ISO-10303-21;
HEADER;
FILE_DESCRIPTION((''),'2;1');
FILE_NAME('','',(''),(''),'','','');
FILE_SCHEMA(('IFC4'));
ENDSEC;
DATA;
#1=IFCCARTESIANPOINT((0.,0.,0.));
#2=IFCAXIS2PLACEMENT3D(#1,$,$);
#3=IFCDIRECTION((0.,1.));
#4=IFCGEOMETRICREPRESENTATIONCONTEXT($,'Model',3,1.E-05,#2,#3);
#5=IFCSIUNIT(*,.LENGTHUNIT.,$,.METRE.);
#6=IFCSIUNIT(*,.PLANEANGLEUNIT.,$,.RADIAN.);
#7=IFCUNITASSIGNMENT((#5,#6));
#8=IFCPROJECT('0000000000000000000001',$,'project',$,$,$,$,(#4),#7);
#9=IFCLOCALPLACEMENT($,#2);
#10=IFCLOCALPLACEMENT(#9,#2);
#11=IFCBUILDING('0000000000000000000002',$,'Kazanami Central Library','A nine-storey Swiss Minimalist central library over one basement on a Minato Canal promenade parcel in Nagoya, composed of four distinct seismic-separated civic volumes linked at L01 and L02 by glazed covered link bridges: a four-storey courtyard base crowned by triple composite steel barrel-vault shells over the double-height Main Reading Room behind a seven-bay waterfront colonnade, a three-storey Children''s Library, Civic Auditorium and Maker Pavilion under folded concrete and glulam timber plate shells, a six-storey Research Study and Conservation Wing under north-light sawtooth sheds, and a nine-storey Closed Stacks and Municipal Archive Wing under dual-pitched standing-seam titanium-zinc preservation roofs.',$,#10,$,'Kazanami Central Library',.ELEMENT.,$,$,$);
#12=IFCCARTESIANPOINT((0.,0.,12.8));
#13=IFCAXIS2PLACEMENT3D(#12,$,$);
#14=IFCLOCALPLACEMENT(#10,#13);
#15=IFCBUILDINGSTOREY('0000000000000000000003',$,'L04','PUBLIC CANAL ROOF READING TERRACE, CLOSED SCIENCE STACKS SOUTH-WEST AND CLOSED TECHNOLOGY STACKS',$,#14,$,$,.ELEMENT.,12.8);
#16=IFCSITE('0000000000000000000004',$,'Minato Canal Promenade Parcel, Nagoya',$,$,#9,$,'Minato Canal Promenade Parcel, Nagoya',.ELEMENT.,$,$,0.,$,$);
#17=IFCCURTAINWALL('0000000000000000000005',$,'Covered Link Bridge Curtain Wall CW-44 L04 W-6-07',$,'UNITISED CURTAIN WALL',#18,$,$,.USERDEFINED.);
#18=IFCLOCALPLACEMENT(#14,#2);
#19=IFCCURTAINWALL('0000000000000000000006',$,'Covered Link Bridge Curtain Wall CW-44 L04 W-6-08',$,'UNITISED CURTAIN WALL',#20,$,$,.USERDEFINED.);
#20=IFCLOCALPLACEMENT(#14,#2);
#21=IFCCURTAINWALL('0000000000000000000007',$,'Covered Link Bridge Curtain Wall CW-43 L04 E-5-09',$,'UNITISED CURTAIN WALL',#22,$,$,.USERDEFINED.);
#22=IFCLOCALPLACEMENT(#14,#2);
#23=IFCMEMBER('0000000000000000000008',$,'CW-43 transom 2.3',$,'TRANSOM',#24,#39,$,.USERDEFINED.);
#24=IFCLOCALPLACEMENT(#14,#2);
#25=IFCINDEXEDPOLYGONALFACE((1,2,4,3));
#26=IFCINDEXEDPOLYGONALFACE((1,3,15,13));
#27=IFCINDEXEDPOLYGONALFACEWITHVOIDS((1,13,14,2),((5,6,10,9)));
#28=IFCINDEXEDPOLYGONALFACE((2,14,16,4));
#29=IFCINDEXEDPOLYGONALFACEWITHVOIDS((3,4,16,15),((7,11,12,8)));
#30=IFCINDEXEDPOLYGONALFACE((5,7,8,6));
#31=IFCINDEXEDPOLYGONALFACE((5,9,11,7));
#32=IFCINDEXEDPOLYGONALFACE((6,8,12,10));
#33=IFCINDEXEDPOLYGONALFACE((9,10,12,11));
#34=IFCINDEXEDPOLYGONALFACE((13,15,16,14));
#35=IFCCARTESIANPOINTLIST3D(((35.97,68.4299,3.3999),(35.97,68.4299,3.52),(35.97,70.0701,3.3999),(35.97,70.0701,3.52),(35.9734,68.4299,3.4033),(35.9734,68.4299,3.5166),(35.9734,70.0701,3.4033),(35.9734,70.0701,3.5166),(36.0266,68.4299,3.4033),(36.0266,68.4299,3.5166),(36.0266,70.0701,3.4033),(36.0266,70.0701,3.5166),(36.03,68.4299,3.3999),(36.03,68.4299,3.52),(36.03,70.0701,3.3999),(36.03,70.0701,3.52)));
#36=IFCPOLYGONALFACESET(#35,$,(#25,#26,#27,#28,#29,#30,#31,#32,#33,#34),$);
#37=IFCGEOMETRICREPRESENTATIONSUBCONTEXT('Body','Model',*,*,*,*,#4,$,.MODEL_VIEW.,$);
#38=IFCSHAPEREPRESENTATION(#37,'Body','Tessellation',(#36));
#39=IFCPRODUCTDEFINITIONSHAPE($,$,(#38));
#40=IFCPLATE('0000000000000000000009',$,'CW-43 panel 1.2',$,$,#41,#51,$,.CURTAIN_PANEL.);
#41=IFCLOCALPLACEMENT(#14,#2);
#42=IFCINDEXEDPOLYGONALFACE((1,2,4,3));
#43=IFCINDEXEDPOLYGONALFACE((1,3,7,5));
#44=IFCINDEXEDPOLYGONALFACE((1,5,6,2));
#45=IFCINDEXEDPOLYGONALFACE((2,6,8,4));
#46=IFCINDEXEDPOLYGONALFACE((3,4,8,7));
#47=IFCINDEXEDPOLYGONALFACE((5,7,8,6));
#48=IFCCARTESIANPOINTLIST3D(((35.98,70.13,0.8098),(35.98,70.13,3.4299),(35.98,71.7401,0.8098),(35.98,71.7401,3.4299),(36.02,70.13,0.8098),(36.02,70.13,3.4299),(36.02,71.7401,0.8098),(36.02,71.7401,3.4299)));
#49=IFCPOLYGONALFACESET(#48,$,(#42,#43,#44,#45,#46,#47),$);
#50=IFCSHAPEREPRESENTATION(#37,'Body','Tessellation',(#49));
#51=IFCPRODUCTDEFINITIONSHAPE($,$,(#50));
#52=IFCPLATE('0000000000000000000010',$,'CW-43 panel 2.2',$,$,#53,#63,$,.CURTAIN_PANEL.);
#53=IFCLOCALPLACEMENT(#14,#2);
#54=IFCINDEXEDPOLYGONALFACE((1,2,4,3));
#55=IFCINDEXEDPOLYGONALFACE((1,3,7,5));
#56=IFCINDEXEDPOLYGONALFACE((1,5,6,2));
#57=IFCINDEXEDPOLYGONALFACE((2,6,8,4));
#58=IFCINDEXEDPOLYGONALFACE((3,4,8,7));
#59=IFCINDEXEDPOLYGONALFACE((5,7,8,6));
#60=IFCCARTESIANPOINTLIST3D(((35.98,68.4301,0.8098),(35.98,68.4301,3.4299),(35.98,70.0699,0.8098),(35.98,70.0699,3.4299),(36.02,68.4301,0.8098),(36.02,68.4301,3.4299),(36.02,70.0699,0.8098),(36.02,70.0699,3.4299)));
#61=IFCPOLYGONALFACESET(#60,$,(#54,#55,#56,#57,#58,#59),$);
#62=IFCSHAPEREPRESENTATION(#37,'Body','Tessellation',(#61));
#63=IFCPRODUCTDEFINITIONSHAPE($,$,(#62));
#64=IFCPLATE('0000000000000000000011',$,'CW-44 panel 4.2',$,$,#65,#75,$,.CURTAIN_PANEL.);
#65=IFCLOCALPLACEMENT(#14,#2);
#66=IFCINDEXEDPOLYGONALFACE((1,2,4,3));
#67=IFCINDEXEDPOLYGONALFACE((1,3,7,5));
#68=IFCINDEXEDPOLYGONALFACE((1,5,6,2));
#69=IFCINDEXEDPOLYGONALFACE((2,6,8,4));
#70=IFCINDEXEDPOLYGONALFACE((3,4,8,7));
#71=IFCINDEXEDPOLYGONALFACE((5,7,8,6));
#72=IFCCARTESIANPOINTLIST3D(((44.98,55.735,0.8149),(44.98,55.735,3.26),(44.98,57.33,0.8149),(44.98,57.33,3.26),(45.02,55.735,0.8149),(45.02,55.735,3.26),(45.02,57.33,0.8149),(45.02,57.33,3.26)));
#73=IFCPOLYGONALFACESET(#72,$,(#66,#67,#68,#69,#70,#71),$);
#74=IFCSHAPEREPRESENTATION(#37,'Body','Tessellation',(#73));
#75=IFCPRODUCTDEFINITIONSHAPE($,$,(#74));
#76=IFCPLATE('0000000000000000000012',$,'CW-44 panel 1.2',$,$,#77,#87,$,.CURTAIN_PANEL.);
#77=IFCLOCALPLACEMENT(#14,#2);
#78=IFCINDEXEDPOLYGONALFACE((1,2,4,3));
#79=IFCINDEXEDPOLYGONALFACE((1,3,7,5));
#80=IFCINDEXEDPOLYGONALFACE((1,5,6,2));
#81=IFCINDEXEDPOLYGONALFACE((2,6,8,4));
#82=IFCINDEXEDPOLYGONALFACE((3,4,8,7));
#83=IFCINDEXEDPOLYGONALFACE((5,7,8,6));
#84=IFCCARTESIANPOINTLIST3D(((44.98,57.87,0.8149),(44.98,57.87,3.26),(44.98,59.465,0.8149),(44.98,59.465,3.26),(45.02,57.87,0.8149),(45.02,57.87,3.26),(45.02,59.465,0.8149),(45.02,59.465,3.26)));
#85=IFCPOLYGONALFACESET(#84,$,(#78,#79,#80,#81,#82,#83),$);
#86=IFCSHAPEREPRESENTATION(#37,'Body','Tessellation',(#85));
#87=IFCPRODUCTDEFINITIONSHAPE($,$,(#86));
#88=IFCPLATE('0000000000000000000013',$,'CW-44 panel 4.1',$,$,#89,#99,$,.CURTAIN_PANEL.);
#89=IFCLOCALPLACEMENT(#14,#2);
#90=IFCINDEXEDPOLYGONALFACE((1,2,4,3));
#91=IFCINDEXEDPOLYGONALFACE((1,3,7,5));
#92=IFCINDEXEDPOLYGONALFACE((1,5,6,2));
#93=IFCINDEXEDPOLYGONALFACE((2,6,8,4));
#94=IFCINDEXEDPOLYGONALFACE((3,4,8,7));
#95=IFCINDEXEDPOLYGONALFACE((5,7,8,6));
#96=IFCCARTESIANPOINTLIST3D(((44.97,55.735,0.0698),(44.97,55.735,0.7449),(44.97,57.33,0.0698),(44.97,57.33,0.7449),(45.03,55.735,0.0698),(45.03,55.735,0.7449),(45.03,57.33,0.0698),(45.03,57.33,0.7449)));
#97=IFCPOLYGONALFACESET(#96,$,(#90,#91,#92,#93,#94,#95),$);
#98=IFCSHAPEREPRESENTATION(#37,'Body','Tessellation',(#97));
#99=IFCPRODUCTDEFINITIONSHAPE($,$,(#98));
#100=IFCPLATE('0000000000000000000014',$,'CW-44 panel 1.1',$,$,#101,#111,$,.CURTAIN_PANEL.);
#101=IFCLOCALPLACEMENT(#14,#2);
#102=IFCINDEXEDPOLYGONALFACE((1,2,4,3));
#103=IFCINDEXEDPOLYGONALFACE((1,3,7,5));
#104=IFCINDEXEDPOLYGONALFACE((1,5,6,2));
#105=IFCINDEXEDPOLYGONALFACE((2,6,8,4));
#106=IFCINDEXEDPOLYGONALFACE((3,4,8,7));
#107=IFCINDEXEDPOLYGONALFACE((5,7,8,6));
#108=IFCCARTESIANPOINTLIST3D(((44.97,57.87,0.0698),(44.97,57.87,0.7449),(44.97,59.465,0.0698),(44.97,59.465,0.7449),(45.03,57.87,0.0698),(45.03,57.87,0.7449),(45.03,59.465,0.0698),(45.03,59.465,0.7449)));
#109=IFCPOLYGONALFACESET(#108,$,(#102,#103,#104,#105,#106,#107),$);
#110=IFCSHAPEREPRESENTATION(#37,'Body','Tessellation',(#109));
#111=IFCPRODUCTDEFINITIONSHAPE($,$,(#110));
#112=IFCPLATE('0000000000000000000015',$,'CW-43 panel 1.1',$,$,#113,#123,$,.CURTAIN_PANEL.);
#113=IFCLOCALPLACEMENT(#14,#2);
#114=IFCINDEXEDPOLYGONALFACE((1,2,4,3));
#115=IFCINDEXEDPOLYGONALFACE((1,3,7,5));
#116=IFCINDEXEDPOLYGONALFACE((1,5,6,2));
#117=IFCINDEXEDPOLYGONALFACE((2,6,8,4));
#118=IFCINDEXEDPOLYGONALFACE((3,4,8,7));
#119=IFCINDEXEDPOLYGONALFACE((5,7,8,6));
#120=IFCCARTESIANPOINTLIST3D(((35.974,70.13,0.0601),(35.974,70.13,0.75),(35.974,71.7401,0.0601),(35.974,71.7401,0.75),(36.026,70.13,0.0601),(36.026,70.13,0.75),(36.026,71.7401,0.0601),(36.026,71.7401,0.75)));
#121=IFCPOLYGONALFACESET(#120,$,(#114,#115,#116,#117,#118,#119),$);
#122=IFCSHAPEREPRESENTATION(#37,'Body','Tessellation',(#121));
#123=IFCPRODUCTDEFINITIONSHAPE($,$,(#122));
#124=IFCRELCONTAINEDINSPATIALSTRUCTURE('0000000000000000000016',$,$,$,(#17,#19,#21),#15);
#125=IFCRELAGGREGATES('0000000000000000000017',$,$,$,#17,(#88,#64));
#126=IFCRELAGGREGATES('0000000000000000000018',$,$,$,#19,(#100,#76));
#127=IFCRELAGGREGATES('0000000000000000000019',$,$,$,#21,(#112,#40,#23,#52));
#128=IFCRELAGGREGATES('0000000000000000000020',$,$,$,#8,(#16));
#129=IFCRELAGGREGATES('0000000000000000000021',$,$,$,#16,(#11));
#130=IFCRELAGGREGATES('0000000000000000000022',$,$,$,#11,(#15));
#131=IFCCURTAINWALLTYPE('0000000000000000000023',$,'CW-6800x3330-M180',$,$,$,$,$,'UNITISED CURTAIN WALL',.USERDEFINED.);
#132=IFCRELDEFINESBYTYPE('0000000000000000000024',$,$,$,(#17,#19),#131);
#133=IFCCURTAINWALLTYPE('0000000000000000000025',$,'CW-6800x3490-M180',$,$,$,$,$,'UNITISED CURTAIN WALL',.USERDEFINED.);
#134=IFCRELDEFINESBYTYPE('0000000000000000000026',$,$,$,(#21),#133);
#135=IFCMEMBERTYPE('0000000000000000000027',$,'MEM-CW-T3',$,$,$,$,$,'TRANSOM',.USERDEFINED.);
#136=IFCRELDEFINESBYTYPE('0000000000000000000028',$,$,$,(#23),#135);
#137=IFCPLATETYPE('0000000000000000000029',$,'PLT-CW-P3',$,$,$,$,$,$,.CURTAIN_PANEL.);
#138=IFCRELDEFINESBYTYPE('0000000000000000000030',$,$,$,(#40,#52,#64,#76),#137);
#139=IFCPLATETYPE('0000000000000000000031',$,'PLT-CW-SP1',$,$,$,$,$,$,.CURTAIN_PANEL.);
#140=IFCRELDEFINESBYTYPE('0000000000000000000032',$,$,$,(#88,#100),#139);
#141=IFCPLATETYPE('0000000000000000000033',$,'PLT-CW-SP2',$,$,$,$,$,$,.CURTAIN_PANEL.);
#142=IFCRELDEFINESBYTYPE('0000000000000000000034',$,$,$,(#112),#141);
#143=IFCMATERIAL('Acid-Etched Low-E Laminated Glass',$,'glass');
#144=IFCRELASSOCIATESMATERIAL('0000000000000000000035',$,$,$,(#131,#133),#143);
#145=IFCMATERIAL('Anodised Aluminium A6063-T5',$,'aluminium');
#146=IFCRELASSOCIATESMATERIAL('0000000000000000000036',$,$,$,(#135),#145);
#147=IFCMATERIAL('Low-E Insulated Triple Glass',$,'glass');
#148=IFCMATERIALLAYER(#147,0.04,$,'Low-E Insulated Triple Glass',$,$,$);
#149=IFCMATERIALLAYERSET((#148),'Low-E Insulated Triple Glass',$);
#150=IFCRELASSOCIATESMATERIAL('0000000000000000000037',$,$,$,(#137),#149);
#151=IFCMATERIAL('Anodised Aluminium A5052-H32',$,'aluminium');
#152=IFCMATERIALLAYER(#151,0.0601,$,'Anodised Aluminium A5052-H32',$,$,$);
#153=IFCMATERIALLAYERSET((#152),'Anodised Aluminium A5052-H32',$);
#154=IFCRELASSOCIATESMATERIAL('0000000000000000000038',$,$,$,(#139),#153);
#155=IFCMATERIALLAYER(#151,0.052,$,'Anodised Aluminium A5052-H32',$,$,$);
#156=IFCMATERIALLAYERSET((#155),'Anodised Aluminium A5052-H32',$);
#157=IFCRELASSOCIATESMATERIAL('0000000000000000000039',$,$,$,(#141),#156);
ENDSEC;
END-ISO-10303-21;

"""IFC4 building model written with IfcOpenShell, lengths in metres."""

from ifc_helpers import new_model, si_unit, direction, frame, origin, origin_2d, place, context, subcontext, project, spatial, rectangle, hollow_rectangle, extrude, material, layer, layer_set, material_profile, profile_set, type_object, element, aggregate, save


model = new_model("IFC4")

# Units and contexts
model_context = context("Model", 3, precision=1e-05, world=origin(), true_north=direction((0.0, 1.0)))
body_context = subcontext(model_context, "Body", "Model", "MODEL_VIEW")
ifc_project = project(units=[si_unit("LENGTHUNIT", "METRE"), si_unit("PLANEANGLEUNIT", "RADIAN")], contexts=[model_context])

# Site, building, storey
site_placement = place(None, origin())
site = spatial("IfcSite", under=ifc_project, at=site_placement, Name="Minato Canal Promenade Parcel, Nagoya", LongName="Minato Canal Promenade Parcel, Nagoya", CompositionType="ELEMENT", RefElevation=0.0)
building_placement = place(site_placement, origin())
building = spatial("IfcBuilding", under=site, at=building_placement, Name="Kazanami Central Library", Description="A nine-storey Swiss Minimalist central library over one basement on a Minato Canal promenade parcel in Nagoya, composed of four distinct seismic-separated civic volumes linked at L01 and L02 by glazed covered link bridges: a four-storey courtyard base crowned by triple composite steel barrel-vault shells over the double-height Main Reading Room behind a seven-bay waterfront colonnade, a three-storey Children's Library, Civic Auditorium and Maker Pavilion under folded concrete and glulam timber plate shells, a six-storey Research Study and Conservation Wing under north-light sawtooth sheds, and a nine-storey Closed Stacks and Municipal Archive Wing under dual-pitched standing-seam titanium-zinc preservation roofs.", LongName="Kazanami Central Library", CompositionType="ELEMENT")
storey_placement = place(building_placement, frame((0.0, 0.0, 12.8)))
storey = spatial("IfcBuildingStorey", under=building, at=storey_placement, Name="L04", Description="PUBLIC CANAL ROOF READING TERRACE, CLOSED SCIENCE STACKS SOUTH-WEST AND CLOSED TECHNOLOGY STACKS", CompositionType="ELEMENT", Elevation=12.8)

# Curtain wall
ifc_material_1 = material(Name="Acid-Etched Low-E Laminated Glass", Category="glass")
curtain_wall_type_1 = type_object("IfcCurtainWallType", Name="CW-6800x3330-M180", ElementType="UNITISED CURTAIN WALL", PredefinedType="USERDEFINED", material=ifc_material_1)
curtain_wall_1_placement = place(storey_placement, origin())
curtain_wall_1 = element("IfcCurtainWall", 1, at=curtain_wall_1_placement, inside=storey, type_object=curtain_wall_type_1, Name="Covered Link Bridge Curtain Wall CW-44 L04 W-6-07", ObjectType="UNITISED CURTAIN WALL", PredefinedType="USERDEFINED")
ifc_material_2 = material(Name="Anodised Aluminium A6063-T5", Category="aluminium")

# Curtain walls
curtain_wall_2_placement = place(storey_placement, origin())
curtain_wall_2 = element("IfcCurtainWall", 2, at=curtain_wall_2_placement, inside=storey, type_object=curtain_wall_type_1, Name="Covered Link Bridge Curtain Wall CW-44 L04 W-6-08", ObjectType="UNITISED CURTAIN WALL", PredefinedType="USERDEFINED")
curtain_wall_type_2 = type_object("IfcCurtainWallType", Name="CW-6800x3490-M180", ElementType="UNITISED CURTAIN WALL", PredefinedType="USERDEFINED", material=ifc_material_1)
curtain_wall_3_placement = place(storey_placement, origin())
curtain_wall_3 = element("IfcCurtainWall", 3, at=curtain_wall_3_placement, inside=storey, type_object=curtain_wall_type_2, Name="Covered Link Bridge Curtain Wall CW-43 L04 E-5-09", ObjectType="UNITISED CURTAIN WALL", PredefinedType="USERDEFINED")

# Member
ifc_material_profile_1 = material_profile(ifc_material_2, hollow_rectangle(XDim=0.0601, YDim=0.1201, WallThickness=0.0034, at=origin_2d()), Name="ALU-TRAN-60x120x3.5")
ifc_profile_set_1 = profile_set([ifc_material_profile_1], Name="Anodised Aluminium A6063-T5")
member_type_1 = type_object("IfcMemberType", Name="MEM-CW-T3", ElementType="TRANSOM", PredefinedType="USERDEFINED", material=ifc_profile_set_1)
member_1_placement = place(storey_placement, frame((36.0, 70.0701, 3.46), z_axis=(0.0, -1.0, 0.0), x_axis=(1.0, 0.0, 0.0)))
member_1 = element("IfcMember", 4, at=member_1_placement, type_object=member_type_1, Name="CW-43 transom 2.3", ObjectType="TRANSOM", PredefinedType="USERDEFINED", context=body_context, shape_type="SweptSolid", body=[
    extrude(hollow_rectangle(XDim=0.0601, YDim=0.1201, WallThickness=0.0034, at=origin_2d()), origin(), (0.0, 0.0, 1.0), 1.6401),
])

# Plates
ifc_material_3 = material(Name="Low-E Insulated Triple Glass", Category="glass")
ifc_layer_1 = layer(ifc_material_3, 0.04, Name="Low-E Insulated Triple Glass")
ifc_layer_set_1 = layer_set([ifc_layer_1], Name="Low-E Insulated Triple Glass")
plate_type_1 = type_object("IfcPlateType", Name="PLT-CW-P3", PredefinedType="CURTAIN_PANEL", material=ifc_layer_set_1)
plate_1_placement = place(storey_placement, frame((36.0, 70.9351, 0.8098), z_axis=(0.0, 0.0, 1.0), x_axis=(0.0, -1.0, 0.0)))
plate_1 = element("IfcPlate", 5, at=plate_1_placement, type_object=plate_type_1, Name="CW-43 panel 1.2", PredefinedType="CURTAIN_PANEL", context=body_context, shape_type="SweptSolid", body=[
    extrude(rectangle(XDim=1.6101, YDim=0.04, at=origin_2d()), origin(), (0.0, 0.0, 1.0), 2.6201),
])
plate_2_placement = place(storey_placement, frame((36.0, 69.25, 0.8098), z_axis=(0.0, 0.0, 1.0), x_axis=(0.0, -1.0, 0.0)))
plate_2 = element("IfcPlate", 6, at=plate_2_placement, type_object=plate_type_1, Name="CW-43 panel 2.2", PredefinedType="CURTAIN_PANEL", context=body_context, shape_type="SweptSolid", body=[
    extrude(rectangle(XDim=1.6399, YDim=0.04, at=origin_2d()), origin(), (0.0, 0.0, 1.0), 2.6201),
])
plate_3_placement = place(storey_placement, frame((45.0, 56.5325, 0.8149), z_axis=(0.0, 0.0, 1.0), x_axis=(0.0, 1.0, 0.0)))
plate_3 = element("IfcPlate", 7, at=plate_3_placement, type_object=plate_type_1, Name="CW-44 panel 4.2", PredefinedType="CURTAIN_PANEL", context=body_context, shape_type="SweptSolid", body=[
    extrude(rectangle(XDim=1.595, YDim=0.04, at=origin_2d()), origin(), (0.0, 0.0, 1.0), 2.4451),
])
plate_4_placement = place(storey_placement, frame((45.0, 58.6675, 0.8149), z_axis=(0.0, 0.0, 1.0), x_axis=(0.0, 1.0, 0.0)))
plate_4 = element("IfcPlate", 8, at=plate_4_placement, type_object=plate_type_1, Name="CW-44 panel 1.2", PredefinedType="CURTAIN_PANEL", context=body_context, shape_type="SweptSolid", body=[
    extrude(rectangle(XDim=1.595, YDim=0.04, at=origin_2d()), origin(), (0.0, 0.0, 1.0), 2.4451),
])
ifc_material_4 = material(Name="Anodised Aluminium A5052-H32", Category="aluminium")
ifc_layer_2 = layer(ifc_material_4, 0.0601, Name="Anodised Aluminium A5052-H32")
ifc_layer_set_2 = layer_set([ifc_layer_2], Name="Anodised Aluminium A5052-H32")
plate_type_2 = type_object("IfcPlateType", Name="PLT-CW-SP1", PredefinedType="CURTAIN_PANEL", material=ifc_layer_set_2)
plate_5_placement = place(storey_placement, frame((45.0, 56.5325, 0.0698), z_axis=(0.0, 0.0, 1.0), x_axis=(0.0, 1.0, 0.0)))
plate_5 = element("IfcPlate", 9, at=plate_5_placement, type_object=plate_type_2, Name="CW-44 panel 4.1", PredefinedType="CURTAIN_PANEL", context=body_context, shape_type="SweptSolid", body=[
    extrude(rectangle(XDim=1.595, YDim=0.0601, at=origin_2d()), origin(), (0.0, 0.0, 1.0), 0.675),
])
aggregate(curtain_wall_1, [plate_5, plate_3])
plate_6_placement = place(storey_placement, frame((45.0, 58.6675, 0.0698), z_axis=(0.0, 0.0, 1.0), x_axis=(0.0, 1.0, 0.0)))
plate_6 = element("IfcPlate", 10, at=plate_6_placement, type_object=plate_type_2, Name="CW-44 panel 1.1", PredefinedType="CURTAIN_PANEL", context=body_context, shape_type="SweptSolid", body=[
    extrude(rectangle(XDim=1.595, YDim=0.0601, at=origin_2d()), origin(), (0.0, 0.0, 1.0), 0.675),
])
aggregate(curtain_wall_2, [plate_6, plate_4])
ifc_layer_3 = layer(ifc_material_4, 0.052, Name="Anodised Aluminium A5052-H32")
ifc_layer_set_3 = layer_set([ifc_layer_3], Name="Anodised Aluminium A5052-H32")
plate_type_3 = type_object("IfcPlateType", Name="PLT-CW-SP2", PredefinedType="CURTAIN_PANEL", material=ifc_layer_set_3)
plate_7_placement = place(storey_placement, frame((36.0, 70.9351, 0.0601), z_axis=(0.0, 0.0, 1.0), x_axis=(0.0, -1.0, 0.0)))
plate_7 = element("IfcPlate", 11, at=plate_7_placement, type_object=plate_type_3, Name="CW-43 panel 1.1", PredefinedType="CURTAIN_PANEL", context=body_context, shape_type="SweptSolid", body=[
    extrude(rectangle(XDim=1.6101, YDim=0.052, at=origin_2d()), origin(), (0.0, 0.0, 1.0), 0.6899),
])
aggregate(curtain_wall_3, [plate_7, plate_1, member_1, plate_2])

save(model, "model.ifc")
